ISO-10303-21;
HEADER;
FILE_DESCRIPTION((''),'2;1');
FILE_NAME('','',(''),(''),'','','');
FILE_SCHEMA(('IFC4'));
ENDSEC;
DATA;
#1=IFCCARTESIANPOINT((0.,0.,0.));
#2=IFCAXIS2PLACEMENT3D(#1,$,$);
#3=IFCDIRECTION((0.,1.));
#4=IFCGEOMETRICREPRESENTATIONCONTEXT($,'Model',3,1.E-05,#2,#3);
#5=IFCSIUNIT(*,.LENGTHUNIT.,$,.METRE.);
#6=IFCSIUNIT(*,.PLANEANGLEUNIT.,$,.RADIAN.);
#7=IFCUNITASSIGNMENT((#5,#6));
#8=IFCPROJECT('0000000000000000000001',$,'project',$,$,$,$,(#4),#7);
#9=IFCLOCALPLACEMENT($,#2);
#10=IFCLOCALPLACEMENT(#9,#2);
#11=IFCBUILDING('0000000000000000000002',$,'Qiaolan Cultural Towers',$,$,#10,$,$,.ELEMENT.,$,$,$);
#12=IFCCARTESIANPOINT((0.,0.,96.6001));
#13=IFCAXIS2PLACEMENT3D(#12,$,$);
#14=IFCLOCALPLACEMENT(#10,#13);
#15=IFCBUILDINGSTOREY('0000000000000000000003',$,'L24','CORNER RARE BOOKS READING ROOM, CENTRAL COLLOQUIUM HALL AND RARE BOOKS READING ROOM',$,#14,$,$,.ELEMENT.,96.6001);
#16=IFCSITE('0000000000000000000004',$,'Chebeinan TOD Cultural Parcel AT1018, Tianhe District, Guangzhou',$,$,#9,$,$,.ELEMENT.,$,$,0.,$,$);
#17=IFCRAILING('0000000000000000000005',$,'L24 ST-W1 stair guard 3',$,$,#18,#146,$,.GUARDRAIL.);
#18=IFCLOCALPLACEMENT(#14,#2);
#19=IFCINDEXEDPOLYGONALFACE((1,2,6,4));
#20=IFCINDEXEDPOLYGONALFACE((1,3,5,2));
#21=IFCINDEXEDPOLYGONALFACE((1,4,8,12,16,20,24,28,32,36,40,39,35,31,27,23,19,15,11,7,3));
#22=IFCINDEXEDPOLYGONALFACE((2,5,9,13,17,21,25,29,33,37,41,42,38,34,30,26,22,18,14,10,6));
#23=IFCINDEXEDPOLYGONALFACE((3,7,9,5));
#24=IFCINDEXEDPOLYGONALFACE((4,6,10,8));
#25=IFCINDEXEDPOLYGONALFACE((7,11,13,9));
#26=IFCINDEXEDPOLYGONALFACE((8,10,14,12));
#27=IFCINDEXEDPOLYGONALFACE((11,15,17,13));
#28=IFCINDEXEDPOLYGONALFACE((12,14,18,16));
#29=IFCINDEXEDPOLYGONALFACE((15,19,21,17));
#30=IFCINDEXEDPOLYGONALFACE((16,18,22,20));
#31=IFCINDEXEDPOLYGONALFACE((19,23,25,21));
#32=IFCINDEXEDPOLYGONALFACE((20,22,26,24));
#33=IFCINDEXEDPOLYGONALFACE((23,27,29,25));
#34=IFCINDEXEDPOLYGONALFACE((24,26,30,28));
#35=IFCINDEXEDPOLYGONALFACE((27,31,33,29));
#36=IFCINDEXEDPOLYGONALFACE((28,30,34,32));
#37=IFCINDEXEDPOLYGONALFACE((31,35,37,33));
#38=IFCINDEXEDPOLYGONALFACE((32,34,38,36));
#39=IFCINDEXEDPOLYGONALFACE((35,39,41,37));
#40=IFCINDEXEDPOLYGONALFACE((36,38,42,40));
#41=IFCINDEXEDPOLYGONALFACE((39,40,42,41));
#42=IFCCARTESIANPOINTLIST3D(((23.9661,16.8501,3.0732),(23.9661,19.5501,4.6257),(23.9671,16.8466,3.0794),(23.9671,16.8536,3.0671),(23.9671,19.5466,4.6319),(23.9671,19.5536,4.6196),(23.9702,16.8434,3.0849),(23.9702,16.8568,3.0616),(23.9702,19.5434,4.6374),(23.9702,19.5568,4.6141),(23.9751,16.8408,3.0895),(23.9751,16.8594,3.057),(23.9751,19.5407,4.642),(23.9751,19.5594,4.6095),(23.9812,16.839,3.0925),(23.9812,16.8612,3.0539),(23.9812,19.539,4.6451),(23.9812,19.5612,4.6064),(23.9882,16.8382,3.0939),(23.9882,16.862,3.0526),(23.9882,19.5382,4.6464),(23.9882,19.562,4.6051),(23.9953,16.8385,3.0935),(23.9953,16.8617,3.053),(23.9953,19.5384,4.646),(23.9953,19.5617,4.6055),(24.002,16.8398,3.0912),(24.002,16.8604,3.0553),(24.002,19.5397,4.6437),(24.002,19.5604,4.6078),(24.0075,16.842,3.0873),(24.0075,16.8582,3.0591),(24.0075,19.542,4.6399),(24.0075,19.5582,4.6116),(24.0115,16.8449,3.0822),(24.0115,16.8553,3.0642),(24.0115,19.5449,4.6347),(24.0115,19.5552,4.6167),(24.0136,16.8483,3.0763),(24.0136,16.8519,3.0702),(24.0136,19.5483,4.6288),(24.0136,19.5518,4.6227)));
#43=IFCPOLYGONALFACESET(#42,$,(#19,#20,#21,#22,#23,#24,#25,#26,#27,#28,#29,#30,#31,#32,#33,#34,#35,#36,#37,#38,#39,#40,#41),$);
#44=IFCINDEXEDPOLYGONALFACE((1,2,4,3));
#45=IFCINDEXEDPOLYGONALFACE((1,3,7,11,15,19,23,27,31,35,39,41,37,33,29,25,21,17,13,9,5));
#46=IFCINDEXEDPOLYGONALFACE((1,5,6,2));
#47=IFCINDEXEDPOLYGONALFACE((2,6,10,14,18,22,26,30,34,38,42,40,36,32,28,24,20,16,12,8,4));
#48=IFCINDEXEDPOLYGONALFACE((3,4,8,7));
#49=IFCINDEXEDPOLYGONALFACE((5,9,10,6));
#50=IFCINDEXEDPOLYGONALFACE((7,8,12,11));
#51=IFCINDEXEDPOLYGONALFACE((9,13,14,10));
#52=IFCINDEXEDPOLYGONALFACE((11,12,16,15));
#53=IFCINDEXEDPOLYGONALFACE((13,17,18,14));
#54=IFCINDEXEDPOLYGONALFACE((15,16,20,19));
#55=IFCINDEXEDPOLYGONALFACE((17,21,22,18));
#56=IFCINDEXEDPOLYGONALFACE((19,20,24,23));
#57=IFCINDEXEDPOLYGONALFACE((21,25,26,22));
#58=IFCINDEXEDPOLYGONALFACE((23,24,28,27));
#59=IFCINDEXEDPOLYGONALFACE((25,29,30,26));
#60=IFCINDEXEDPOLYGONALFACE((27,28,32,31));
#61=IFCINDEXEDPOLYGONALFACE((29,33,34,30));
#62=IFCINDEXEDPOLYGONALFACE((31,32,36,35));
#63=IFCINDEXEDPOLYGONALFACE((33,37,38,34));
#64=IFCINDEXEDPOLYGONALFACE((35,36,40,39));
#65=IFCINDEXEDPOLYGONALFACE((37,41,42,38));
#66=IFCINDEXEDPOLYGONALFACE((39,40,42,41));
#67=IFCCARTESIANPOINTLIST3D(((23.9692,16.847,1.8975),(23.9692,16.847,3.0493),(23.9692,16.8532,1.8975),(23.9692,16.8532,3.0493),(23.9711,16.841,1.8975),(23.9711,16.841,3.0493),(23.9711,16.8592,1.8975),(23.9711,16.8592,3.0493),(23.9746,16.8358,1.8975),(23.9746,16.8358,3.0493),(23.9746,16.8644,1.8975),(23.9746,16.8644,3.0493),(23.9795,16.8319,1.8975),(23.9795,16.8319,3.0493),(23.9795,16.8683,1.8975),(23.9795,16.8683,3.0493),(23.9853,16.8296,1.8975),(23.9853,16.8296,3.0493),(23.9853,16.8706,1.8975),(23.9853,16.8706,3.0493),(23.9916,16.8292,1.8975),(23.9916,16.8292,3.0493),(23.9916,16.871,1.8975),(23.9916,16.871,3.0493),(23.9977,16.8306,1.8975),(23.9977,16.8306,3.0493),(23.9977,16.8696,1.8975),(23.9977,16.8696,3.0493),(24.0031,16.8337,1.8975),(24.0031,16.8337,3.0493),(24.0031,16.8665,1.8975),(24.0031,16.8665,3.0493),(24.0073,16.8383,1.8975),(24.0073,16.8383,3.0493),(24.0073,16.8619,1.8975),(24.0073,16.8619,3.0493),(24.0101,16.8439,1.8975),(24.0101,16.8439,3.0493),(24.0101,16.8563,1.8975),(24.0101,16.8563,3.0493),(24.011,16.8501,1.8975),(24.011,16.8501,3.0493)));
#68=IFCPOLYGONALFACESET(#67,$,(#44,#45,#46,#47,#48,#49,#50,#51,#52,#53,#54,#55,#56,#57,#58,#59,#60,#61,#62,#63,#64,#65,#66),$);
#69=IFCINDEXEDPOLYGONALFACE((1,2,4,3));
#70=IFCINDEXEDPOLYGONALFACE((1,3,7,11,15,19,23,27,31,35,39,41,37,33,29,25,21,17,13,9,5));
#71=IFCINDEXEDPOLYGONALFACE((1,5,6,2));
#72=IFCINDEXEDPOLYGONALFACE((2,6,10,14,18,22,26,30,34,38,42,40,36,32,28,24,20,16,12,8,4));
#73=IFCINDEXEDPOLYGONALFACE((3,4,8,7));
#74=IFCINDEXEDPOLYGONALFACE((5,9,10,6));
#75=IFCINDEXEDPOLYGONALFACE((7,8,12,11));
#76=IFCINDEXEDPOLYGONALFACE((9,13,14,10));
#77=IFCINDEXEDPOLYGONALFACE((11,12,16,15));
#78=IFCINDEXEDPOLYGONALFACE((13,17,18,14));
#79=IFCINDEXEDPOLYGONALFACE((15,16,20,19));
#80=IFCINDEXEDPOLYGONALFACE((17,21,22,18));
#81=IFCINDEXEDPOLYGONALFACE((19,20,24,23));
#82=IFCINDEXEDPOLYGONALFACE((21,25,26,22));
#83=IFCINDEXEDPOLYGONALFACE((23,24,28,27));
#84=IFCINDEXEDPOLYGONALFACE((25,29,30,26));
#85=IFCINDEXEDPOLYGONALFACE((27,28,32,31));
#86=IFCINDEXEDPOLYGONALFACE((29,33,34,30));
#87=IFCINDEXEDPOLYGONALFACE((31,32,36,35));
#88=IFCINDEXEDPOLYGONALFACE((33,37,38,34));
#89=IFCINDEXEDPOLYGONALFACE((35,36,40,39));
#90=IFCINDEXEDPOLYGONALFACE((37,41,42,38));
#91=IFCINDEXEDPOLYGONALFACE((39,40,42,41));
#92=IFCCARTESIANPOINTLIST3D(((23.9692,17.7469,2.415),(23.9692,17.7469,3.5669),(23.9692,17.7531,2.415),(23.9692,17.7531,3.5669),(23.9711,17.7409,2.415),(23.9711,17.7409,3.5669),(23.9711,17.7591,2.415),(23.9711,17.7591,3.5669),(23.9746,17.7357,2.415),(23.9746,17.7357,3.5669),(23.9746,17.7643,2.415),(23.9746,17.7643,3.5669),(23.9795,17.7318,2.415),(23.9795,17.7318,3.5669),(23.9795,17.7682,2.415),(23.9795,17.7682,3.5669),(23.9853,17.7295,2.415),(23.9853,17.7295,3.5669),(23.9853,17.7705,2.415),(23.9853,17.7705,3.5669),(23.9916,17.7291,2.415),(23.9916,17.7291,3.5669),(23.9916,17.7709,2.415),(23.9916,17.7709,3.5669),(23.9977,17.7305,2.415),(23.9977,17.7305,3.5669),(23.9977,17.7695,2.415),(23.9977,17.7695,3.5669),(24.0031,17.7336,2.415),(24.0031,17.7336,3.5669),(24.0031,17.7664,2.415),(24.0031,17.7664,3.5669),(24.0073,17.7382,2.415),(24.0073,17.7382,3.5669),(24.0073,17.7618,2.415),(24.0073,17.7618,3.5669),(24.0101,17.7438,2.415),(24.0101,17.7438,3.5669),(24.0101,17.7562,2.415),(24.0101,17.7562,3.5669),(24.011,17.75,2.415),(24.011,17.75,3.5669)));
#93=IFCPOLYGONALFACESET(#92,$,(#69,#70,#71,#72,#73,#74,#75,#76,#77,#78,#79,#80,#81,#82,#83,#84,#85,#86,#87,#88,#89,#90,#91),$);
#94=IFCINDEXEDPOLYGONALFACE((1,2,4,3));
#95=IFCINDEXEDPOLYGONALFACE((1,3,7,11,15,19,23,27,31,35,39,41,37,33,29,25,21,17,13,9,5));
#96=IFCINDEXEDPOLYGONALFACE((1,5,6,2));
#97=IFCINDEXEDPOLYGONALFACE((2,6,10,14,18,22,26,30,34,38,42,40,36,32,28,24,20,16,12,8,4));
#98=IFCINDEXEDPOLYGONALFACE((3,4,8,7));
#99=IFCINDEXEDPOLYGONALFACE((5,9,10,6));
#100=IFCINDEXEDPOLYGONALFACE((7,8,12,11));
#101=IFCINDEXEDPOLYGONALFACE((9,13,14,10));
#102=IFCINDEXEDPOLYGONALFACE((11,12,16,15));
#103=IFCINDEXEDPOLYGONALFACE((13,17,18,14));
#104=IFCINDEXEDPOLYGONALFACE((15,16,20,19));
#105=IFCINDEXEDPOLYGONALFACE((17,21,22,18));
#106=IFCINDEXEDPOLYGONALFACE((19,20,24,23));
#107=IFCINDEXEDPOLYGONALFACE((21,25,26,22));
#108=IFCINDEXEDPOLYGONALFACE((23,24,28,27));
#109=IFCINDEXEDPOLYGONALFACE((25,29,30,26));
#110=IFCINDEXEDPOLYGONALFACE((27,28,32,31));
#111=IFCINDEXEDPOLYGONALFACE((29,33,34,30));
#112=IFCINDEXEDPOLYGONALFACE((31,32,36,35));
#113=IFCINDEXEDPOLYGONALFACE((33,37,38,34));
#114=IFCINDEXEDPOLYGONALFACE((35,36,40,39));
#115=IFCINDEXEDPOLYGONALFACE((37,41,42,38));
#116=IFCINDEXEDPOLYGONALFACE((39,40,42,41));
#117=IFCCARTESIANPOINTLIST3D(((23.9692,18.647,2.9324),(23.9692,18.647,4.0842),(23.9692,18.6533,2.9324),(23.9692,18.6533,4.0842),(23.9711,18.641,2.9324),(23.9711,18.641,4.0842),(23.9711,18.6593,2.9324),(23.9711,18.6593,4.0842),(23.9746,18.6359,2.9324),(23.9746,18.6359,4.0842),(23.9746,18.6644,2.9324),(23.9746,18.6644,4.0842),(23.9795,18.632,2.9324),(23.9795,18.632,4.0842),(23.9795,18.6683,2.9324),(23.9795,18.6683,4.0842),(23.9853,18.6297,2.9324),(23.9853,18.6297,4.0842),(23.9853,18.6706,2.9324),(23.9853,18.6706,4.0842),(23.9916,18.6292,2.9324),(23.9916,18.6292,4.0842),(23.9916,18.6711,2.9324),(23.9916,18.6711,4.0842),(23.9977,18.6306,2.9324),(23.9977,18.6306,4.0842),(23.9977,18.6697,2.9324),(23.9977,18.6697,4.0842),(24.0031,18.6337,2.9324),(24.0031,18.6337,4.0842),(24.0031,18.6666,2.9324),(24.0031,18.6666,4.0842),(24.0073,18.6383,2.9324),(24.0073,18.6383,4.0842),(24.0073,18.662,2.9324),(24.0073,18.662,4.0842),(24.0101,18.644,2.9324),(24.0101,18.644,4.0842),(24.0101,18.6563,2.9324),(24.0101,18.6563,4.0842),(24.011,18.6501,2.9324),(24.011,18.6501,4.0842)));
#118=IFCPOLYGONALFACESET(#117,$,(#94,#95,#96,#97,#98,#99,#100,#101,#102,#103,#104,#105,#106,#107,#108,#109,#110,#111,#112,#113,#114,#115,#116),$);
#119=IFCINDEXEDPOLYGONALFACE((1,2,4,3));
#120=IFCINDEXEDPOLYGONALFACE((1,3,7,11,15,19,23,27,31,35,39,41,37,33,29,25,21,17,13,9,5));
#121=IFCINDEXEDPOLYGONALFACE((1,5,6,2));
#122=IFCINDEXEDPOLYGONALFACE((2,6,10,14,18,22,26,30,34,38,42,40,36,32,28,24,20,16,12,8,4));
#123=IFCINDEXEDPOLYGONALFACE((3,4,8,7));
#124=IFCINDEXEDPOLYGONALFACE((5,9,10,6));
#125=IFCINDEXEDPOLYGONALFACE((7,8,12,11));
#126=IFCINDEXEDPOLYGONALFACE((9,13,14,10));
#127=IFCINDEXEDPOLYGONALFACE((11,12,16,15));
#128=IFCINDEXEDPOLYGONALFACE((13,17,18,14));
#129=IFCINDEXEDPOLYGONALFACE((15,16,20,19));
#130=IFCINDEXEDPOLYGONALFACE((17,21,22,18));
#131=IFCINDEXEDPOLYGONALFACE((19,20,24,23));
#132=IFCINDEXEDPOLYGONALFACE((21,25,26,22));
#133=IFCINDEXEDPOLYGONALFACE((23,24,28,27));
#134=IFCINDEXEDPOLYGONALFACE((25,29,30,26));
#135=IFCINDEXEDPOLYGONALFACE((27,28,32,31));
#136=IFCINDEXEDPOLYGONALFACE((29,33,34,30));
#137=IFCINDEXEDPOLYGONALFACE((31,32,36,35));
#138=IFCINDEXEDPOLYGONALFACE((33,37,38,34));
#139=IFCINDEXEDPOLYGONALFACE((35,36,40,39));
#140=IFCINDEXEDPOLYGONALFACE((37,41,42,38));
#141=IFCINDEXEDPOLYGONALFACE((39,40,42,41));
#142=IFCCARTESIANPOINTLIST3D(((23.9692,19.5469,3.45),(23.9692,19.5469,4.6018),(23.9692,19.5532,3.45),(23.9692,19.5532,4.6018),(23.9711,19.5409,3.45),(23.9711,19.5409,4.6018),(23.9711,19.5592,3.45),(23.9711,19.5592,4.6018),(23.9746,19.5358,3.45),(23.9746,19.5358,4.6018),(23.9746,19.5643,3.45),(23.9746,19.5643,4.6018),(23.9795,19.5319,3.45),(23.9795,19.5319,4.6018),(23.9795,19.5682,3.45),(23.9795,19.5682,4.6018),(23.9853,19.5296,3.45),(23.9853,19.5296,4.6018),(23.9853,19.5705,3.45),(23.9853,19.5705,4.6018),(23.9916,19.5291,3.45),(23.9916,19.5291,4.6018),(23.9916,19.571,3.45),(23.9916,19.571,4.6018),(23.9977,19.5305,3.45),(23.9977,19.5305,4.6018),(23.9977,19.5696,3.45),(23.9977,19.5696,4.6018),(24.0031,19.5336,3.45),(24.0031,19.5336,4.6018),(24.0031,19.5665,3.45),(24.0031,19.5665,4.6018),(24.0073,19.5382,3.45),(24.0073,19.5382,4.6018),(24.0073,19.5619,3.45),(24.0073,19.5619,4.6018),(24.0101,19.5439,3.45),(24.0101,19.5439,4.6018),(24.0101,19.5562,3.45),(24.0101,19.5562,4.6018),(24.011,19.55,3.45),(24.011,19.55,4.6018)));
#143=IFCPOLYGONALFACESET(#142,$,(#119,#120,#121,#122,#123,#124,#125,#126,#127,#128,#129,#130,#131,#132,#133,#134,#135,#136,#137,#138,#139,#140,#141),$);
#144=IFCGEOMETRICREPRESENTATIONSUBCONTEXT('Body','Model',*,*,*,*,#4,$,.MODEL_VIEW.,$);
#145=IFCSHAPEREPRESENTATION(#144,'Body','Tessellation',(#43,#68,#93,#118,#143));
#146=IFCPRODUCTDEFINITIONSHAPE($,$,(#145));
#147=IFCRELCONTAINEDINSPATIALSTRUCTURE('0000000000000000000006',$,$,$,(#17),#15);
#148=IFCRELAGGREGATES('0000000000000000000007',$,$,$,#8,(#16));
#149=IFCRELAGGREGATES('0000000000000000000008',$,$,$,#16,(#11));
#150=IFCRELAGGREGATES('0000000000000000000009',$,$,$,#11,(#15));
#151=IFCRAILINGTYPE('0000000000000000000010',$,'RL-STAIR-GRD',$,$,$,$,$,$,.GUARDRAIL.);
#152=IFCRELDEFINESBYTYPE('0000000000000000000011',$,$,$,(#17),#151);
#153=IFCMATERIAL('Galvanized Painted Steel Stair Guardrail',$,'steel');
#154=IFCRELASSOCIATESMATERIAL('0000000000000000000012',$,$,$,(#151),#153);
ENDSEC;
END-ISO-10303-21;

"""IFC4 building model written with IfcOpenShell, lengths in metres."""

from ifc_helpers import new_model, si_unit, direction, frame, origin, origin_2d, place, context, subcontext, project, spatial, circle, extrude, material, type_object, element, save


model = new_model("IFC4")

# Units and contexts
model_context = context("Model", 3, precision=1e-05, world=origin(), true_north=direction((0.0, 1.0)))
body_context = subcontext(model_context, "Body", "Model", "MODEL_VIEW")
ifc_project = project(units=[si_unit("LENGTHUNIT", "METRE"), si_unit("PLANEANGLEUNIT", "RADIAN")], contexts=[model_context])

# Site, building, storey
site_placement = place(None, origin())
site = spatial("IfcSite", under=ifc_project, at=site_placement, Name="Chebeinan TOD Cultural Parcel AT1018, Tianhe District, Guangzhou", CompositionType="ELEMENT", RefElevation=0.0)
building_placement = place(site_placement, origin())
building = spatial("IfcBuilding", under=site, at=building_placement, Name="Qiaolan Cultural Towers", CompositionType="ELEMENT")
storey_placement = place(building_placement, frame((0.0, 0.0, 96.6001)))
storey = spatial("IfcBuildingStorey", under=building, at=storey_placement, Name="L24", Description="CORNER RARE BOOKS READING ROOM, CENTRAL COLLOQUIUM HALL AND RARE BOOKS READING ROOM", CompositionType="ELEMENT", Elevation=96.6001)

# Railing
ifc_material_1 = material(Name="Galvanized Painted Steel Stair Guardrail", Category="steel")
railing_type_1 = type_object("IfcRailingType", Name="RL-STAIR-GRD", PredefinedType="GUARDRAIL", material=ifc_material_1)
railing_1_placement = place(storey_placement, frame((23.99, 16.8501, 1.8975)))
element("IfcRailing", 1, at=railing_1_placement, inside=storey, type_object=railing_type_1, Name="L24 ST-W1 stair guard 3", PredefinedType="GUARDRAIL", context=body_context, shape_type="SweptSolid", body=[
    extrude(circle(Radius=0.0239, at=origin_2d()), frame((0.0, 0.0, 1.1758), z_axis=(0.0, 0.866904, 0.498476), x_axis=(-1.0, 0.0, 0.0)), (0.0, 0.0, 1.0), 3.1145),
    extrude(circle(Radius=0.021, at=origin_2d()), origin(), (0.0, 0.0, 1.0), 1.1519),
    extrude(circle(Radius=0.021, at=origin_2d()), frame((0.0, 0.8999, 0.5176)), (0.0, 0.0, 1.0), 1.1519),
    extrude(circle(Radius=0.021, at=origin_2d()), frame((0.0, 1.8, 1.0349)), (0.0, 0.0, 1.0), 1.1519),
    extrude(circle(Radius=0.021, at=origin_2d()), frame((0.0, 2.7, 1.5525)), (0.0, 0.0, 1.0), 1.1519),
])

save(model, "model.ifc")
